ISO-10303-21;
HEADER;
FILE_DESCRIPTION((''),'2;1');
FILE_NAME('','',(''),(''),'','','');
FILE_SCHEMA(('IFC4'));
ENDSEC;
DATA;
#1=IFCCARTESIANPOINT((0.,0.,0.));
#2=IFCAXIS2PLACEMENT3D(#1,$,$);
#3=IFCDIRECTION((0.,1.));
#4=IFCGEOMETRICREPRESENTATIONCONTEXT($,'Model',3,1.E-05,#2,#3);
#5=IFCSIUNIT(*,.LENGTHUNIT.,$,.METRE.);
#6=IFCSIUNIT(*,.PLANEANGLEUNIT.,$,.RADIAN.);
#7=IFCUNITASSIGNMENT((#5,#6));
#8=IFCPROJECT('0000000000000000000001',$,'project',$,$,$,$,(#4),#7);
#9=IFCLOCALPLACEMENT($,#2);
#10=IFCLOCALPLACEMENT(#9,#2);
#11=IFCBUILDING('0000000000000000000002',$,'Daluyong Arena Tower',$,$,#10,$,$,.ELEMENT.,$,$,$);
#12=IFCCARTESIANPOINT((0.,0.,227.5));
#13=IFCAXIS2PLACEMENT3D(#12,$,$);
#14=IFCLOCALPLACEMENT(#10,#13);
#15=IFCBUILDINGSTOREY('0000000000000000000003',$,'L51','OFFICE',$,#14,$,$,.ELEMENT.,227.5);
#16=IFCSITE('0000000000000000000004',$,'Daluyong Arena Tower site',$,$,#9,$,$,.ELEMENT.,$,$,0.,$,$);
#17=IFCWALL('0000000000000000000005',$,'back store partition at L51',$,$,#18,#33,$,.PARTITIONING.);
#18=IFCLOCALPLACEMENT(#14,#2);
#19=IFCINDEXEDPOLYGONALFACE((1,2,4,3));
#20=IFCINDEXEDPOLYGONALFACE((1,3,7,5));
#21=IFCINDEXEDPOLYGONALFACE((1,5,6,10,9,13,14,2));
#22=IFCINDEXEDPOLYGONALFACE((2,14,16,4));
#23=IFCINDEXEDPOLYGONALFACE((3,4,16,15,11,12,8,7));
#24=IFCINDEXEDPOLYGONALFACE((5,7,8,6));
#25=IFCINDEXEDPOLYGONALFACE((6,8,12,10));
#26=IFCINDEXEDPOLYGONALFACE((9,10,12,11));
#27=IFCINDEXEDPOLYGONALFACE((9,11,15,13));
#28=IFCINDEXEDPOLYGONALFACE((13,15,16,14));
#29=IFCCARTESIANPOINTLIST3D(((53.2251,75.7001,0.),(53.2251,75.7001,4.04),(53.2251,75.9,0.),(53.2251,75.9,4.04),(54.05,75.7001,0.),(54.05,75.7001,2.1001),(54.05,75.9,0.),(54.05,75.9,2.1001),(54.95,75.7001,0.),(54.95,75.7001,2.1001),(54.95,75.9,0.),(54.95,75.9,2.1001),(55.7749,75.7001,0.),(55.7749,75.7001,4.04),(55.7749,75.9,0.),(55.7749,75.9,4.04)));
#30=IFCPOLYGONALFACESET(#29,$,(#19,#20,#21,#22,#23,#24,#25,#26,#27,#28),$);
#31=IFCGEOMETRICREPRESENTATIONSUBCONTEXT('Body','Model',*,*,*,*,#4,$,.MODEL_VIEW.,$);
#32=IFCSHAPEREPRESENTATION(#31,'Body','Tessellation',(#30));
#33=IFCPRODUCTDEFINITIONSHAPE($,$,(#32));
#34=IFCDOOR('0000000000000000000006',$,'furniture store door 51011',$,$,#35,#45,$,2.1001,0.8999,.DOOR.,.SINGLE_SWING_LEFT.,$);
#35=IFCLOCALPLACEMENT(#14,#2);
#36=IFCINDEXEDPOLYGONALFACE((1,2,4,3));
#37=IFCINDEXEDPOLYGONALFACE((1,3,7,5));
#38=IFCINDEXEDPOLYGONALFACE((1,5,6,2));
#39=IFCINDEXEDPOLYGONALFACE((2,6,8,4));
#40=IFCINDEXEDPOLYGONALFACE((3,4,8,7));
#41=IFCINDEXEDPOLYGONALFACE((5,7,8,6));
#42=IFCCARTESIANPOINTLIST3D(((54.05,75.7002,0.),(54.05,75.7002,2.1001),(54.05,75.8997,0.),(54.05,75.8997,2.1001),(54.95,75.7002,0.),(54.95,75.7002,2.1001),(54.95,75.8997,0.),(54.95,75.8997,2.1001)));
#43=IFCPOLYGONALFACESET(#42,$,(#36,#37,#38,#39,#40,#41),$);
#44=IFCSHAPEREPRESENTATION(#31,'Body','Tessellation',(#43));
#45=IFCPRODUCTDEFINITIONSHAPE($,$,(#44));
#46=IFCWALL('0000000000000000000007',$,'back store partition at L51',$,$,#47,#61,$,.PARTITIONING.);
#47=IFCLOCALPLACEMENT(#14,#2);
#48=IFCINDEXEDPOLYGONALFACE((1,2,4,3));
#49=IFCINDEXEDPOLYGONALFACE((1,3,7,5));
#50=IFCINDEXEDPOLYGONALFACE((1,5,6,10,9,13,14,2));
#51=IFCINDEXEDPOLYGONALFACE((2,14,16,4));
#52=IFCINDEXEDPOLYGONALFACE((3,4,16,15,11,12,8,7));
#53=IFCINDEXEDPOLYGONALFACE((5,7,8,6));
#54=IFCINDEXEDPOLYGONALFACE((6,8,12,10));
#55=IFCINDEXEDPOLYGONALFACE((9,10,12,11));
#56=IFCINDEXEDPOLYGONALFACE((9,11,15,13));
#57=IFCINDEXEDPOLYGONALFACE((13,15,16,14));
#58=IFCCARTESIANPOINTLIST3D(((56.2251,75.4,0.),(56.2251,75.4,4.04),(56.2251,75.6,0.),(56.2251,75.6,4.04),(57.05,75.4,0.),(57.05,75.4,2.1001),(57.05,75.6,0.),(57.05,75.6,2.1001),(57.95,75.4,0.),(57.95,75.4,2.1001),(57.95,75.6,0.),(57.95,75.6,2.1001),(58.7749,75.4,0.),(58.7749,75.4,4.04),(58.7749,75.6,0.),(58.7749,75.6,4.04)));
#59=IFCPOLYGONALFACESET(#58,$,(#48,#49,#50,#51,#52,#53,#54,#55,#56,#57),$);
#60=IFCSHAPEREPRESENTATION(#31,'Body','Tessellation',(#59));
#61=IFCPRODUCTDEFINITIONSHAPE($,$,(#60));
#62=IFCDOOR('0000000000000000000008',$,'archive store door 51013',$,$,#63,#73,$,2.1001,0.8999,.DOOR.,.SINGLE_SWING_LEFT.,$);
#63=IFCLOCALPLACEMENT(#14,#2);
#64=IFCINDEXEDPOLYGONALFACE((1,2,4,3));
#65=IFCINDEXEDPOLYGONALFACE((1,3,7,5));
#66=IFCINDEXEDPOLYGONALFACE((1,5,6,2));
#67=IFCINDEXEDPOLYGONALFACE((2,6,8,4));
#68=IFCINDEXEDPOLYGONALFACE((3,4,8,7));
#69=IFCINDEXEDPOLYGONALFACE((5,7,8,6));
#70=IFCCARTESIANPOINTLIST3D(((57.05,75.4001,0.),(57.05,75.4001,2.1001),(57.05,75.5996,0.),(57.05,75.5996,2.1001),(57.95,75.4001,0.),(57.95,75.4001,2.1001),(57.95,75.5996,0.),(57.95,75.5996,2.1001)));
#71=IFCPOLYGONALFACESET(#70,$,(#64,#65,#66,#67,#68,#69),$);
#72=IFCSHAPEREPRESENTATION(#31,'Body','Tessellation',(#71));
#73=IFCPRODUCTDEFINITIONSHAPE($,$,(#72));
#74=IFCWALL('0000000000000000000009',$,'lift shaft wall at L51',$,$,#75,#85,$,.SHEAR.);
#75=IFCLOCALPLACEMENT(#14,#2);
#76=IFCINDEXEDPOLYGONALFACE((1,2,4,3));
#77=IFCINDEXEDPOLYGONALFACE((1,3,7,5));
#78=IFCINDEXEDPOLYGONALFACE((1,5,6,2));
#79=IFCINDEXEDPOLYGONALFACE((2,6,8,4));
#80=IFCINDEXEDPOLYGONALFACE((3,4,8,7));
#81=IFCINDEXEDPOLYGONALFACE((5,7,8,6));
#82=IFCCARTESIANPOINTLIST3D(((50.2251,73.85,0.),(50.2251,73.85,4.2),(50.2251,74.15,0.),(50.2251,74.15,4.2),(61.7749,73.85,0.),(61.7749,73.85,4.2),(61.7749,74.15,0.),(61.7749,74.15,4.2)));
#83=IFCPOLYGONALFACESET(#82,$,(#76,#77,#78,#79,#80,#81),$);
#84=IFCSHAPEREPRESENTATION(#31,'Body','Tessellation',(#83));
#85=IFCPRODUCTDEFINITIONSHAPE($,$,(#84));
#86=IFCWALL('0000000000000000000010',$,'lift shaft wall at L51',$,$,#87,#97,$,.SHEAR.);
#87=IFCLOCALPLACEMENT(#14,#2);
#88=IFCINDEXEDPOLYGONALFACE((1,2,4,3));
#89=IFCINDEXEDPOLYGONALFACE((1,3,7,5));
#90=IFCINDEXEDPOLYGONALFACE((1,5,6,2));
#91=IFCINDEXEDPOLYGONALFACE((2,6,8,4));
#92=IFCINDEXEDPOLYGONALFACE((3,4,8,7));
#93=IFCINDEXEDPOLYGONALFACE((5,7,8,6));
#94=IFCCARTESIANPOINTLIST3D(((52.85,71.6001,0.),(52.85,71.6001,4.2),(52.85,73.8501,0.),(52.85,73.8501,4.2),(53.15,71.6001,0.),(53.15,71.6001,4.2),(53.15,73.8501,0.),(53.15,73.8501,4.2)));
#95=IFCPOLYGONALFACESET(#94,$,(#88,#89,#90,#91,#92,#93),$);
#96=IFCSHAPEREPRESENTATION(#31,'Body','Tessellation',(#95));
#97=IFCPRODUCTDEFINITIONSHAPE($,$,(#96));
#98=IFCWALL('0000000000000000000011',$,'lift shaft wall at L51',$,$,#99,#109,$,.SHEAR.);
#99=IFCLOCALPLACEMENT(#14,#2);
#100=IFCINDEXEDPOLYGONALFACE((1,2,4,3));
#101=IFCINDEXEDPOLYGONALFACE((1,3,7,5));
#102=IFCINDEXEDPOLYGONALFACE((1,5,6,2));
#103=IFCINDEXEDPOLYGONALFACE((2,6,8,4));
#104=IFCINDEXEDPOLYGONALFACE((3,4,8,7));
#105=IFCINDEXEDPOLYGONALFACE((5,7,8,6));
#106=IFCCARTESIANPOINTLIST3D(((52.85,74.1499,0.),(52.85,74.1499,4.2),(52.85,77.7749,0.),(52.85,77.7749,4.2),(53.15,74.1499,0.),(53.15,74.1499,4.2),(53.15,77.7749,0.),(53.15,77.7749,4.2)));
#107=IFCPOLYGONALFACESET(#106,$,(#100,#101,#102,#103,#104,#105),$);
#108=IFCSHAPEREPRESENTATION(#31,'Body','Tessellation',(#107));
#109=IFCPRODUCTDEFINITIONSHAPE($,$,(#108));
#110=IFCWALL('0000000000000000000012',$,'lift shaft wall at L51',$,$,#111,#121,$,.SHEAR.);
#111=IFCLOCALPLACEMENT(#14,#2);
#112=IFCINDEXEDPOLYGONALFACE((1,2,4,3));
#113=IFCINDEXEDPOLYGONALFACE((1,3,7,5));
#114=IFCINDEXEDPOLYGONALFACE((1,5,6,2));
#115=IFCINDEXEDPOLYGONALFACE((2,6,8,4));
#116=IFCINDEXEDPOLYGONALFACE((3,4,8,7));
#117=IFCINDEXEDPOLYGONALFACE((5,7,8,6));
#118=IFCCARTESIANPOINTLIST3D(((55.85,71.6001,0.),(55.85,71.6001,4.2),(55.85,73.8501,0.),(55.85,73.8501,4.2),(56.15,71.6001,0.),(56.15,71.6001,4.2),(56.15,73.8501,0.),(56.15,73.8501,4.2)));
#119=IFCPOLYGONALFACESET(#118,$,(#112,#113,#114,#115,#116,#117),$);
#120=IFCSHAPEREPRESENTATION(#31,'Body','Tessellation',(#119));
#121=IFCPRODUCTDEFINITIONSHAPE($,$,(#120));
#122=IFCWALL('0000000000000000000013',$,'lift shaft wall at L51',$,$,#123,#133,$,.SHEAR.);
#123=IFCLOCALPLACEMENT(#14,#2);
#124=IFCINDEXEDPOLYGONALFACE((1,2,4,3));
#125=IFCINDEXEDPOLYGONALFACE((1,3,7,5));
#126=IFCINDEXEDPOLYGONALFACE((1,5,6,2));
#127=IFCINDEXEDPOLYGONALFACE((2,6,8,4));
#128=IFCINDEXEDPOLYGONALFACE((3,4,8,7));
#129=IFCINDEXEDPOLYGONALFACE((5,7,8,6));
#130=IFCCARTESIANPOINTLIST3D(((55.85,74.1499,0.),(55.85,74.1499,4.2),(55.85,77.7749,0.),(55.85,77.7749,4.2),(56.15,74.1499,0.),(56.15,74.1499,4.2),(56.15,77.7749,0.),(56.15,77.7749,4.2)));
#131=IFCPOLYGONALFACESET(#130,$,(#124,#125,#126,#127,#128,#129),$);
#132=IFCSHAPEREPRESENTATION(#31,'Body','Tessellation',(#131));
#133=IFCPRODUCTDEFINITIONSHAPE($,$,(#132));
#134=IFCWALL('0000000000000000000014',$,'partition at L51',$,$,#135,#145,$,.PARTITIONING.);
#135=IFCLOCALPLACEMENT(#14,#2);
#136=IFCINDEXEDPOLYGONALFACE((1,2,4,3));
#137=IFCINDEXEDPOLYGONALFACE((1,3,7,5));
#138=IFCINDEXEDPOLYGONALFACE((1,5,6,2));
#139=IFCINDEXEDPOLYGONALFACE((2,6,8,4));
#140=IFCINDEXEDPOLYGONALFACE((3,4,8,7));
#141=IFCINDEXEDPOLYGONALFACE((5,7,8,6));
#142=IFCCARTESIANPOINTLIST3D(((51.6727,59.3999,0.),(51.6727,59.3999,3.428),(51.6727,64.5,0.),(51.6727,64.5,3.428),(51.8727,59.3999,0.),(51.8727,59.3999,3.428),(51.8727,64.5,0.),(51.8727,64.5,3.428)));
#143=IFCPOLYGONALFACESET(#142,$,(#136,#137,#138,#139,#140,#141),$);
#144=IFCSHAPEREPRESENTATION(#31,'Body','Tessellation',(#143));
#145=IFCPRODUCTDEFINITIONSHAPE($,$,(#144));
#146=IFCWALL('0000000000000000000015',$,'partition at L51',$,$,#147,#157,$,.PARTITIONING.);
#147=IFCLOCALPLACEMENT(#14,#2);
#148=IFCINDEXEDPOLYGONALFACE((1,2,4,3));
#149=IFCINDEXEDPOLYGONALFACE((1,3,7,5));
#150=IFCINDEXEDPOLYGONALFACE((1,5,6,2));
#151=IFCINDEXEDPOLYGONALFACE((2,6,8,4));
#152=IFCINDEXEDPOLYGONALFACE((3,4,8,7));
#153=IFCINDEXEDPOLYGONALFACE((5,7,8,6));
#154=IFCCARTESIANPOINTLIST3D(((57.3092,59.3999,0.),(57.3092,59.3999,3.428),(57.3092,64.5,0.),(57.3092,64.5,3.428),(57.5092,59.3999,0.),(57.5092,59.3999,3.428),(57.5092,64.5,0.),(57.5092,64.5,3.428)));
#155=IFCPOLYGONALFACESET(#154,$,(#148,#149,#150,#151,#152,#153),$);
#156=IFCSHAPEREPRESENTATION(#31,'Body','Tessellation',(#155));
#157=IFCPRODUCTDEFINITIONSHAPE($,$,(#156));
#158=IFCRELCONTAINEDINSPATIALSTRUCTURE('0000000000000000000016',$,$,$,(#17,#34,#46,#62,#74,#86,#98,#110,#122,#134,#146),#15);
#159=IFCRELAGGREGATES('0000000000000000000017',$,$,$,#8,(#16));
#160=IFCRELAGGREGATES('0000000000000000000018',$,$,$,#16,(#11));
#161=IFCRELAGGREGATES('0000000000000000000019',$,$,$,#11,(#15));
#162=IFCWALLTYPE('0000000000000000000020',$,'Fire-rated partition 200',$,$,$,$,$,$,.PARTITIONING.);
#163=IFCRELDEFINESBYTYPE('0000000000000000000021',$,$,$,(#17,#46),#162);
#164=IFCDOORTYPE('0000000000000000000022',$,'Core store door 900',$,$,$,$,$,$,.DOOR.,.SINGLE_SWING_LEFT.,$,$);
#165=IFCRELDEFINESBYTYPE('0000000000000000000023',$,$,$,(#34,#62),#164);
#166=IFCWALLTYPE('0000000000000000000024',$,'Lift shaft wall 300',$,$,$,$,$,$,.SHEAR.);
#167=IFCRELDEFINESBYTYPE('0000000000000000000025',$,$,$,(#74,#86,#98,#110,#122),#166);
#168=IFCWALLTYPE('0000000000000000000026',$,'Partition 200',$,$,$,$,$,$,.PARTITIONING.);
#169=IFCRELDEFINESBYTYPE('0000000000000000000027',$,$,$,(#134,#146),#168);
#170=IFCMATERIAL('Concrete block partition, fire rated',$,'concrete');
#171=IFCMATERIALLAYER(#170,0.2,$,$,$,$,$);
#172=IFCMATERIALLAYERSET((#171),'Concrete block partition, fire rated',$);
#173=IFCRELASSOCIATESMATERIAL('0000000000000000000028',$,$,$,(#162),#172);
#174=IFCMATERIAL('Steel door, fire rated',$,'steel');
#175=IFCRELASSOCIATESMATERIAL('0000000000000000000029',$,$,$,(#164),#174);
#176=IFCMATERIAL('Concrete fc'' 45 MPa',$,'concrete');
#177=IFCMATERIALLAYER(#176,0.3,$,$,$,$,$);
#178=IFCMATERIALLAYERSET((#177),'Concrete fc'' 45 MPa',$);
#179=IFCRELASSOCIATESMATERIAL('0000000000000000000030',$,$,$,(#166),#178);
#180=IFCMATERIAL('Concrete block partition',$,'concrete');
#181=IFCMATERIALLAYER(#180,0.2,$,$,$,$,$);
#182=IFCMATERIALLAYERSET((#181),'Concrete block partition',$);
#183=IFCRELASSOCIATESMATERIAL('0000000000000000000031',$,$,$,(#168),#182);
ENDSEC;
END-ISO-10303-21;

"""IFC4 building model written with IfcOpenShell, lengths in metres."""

from ifc_helpers import new_model, si_unit, direction, frame, frame_2d, origin, place, context, subcontext, project, spatial, rectangle, extrude, material, layer, layer_set, type_object, element, fill, save


model = new_model("IFC4")

# Units and contexts
model_context = context("Model", 3, precision=1e-05, world=origin(), true_north=direction((0.0, 1.0)))
body_context = subcontext(model_context, "Body", "Model", "MODEL_VIEW")
ifc_project = project(units=[si_unit("LENGTHUNIT", "METRE"), si_unit("PLANEANGLEUNIT", "RADIAN")], contexts=[model_context])

# Site, building, storey
site_placement = place(None, origin())
site = spatial("IfcSite", under=ifc_project, at=site_placement, Name="Daluyong Arena Tower site", CompositionType="ELEMENT", RefElevation=0.0)
building_placement = place(site_placement, origin())
building = spatial("IfcBuilding", under=site, at=building_placement, Name="Daluyong Arena Tower", CompositionType="ELEMENT")
storey_placement = place(building_placement, frame((0.0, 0.0, 227.5)))
storey = spatial("IfcBuildingStorey", under=building, at=storey_placement, Name="L51", Description="OFFICE", CompositionType="ELEMENT", Elevation=227.5)

# Walls, openings, doors
ifc_material_1 = material(Name="Concrete block partition, fire rated", Category="concrete")
ifc_layer_1 = layer(ifc_material_1, 0.2)
ifc_layer_set_1 = layer_set([ifc_layer_1], Name="Concrete block partition, fire rated")
wall_type_1 = type_object("IfcWallType", Name="Fire-rated partition 200", PredefinedType="PARTITIONING", material=ifc_layer_set_1)
ifc_material_2 = material(Name="Steel door, fire rated", Category="steel")
door_type_1 = type_object("IfcDoorType", Name="Core store door 900", OperationType="SINGLE_SWING_LEFT", PredefinedType="DOOR", material=ifc_material_2)
wall_1_placement = place(storey_placement, frame((53.2251, 75.8, 0.0), z_axis=(0.0, 0.0, 1.0), x_axis=(1.0, 0.0, 0.0)))
wall_1 = element("IfcWall", 1, at=wall_1_placement, inside=storey, type_object=wall_type_1, Name="back store partition at L51", PredefinedType="PARTITIONING", context=body_context, shape_type="SweptSolid", body=[
    extrude(rectangle(XDim=2.5498, YDim=0.2, at=frame_2d((1.2749, 0.0))), origin(), (0.0, 0.0, 1.0), 4.04),
])
opening_1_placement = place(wall_1_placement, frame((0.825, 0.0, 0.0)))
opening_1 = element("IfcOpeningElement", 2, at=opening_1_placement, cuts=wall_1, PredefinedType="OPENING", context=body_context, shape_type="SweptSolid", body=[
    extrude(rectangle(XDim=0.8999, YDim=2.1001, at=frame_2d((0.45, 1.05))), frame((0.0, 0.1099, 0.0), z_axis=(0.0, -1.0, 0.0), x_axis=(1.0, 0.0, 0.0)), (0.0, 0.0, 1.0), 0.22),
])
door_1_placement = place(opening_1_placement, origin())
door_1 = element("IfcDoor", 3, at=door_1_placement, inside=storey, type_object=door_type_1, Name="furniture store door 51011", OperationType="SINGLE_SWING_LEFT", OverallHeight=2.1001, OverallWidth=0.8999, PredefinedType="DOOR", context=body_context, shape_type="SweptSolid", body=[
    extrude(rectangle(XDim=0.8999, YDim=2.1001, at=frame_2d((0.45, 1.05))), frame((0.0, 0.0996, 0.0), z_axis=(0.0, -1.0, 0.0), x_axis=(1.0, 0.0, 0.0)), (0.0, 0.0, 1.0), 0.1995),
])
fill(opening_1, door_1)
wall_2_placement = place(storey_placement, frame((56.2251, 75.5, 0.0), z_axis=(0.0, 0.0, 1.0), x_axis=(1.0, 0.0, 0.0)))
wall_2 = element("IfcWall", 4, at=wall_2_placement, inside=storey, type_object=wall_type_1, Name="back store partition at L51", PredefinedType="PARTITIONING", context=body_context, shape_type="SweptSolid", body=[
    extrude(rectangle(XDim=2.5498, YDim=0.2, at=frame_2d((1.2749, 0.0))), origin(), (0.0, 0.0, 1.0), 4.04),
])
opening_2_placement = place(wall_2_placement, frame((0.825, 0.0, 0.0)))
opening_2 = element("IfcOpeningElement", 5, at=opening_2_placement, cuts=wall_2, PredefinedType="OPENING", context=body_context, shape_type="SweptSolid", body=[
    extrude(rectangle(XDim=0.8999, YDim=2.1001, at=frame_2d((0.45, 1.05))), frame((0.0, 0.1099, 0.0), z_axis=(0.0, -1.0, 0.0), x_axis=(1.0, 0.0, 0.0)), (0.0, 0.0, 1.0), 0.22),
])
door_2_placement = place(opening_2_placement, origin())
door_2 = element("IfcDoor", 6, at=door_2_placement, inside=storey, type_object=door_type_1, Name="archive store door 51013", OperationType="SINGLE_SWING_LEFT", OverallHeight=2.1001, OverallWidth=0.8999, PredefinedType="DOOR", context=body_context, shape_type="SweptSolid", body=[
    extrude(rectangle(XDim=0.8999, YDim=2.1001, at=frame_2d((0.45, 1.05))), frame((0.0, 0.0996, 0.0), z_axis=(0.0, -1.0, 0.0), x_axis=(1.0, 0.0, 0.0)), (0.0, 0.0, 1.0), 0.1995),
])
fill(opening_2, door_2)

# Walls
ifc_material_3 = material(Name="Concrete fc' 45 MPa", Category="concrete")
ifc_layer_2 = layer(ifc_material_3, 0.3)
ifc_layer_set_2 = layer_set([ifc_layer_2], Name="Concrete fc' 45 MPa")
wall_type_2 = type_object("IfcWallType", Name="Lift shaft wall 300", PredefinedType="SHEAR", material=ifc_layer_set_2)
wall_3_placement = place(storey_placement, frame((50.2251, 74.0, 0.0), z_axis=(0.0, 0.0, 1.0), x_axis=(1.0, 0.0, 0.0)))
element("IfcWall", 7, at=wall_3_placement, inside=storey, type_object=wall_type_2, Name="lift shaft wall at L51", PredefinedType="SHEAR", context=body_context, shape_type="SweptSolid", body=[
    extrude(rectangle(XDim=11.5498, YDim=0.3, at=frame_2d((5.7749, 0.0))), origin(), (0.0, 0.0, 1.0), 4.2),
])
wall_4_placement = place(storey_placement, frame((53.0, 71.6001, 0.0), z_axis=(0.0, 0.0, 1.0), x_axis=(0.0, 1.0, 0.0)))
element("IfcWall", 8, at=wall_4_placement, inside=storey, type_object=wall_type_2, Name="lift shaft wall at L51", PredefinedType="SHEAR", context=body_context, shape_type="SweptSolid", body=[
    extrude(rectangle(XDim=2.25, YDim=0.3, at=frame_2d((1.125, 0.0))), origin(), (0.0, 0.0, 1.0), 4.2),
])
wall_5_placement = place(storey_placement, frame((53.0, 74.1499, 0.0), z_axis=(0.0, 0.0, 1.0), x_axis=(0.0, 1.0, 0.0)))
element("IfcWall", 9, at=wall_5_placement, inside=storey, type_object=wall_type_2, Name="lift shaft wall at L51", PredefinedType="SHEAR", context=body_context, shape_type="SweptSolid", body=[
    extrude(rectangle(XDim=3.625, YDim=0.3, at=frame_2d((1.8125, 0.0))), origin(), (0.0, 0.0, 1.0), 4.2),
])
wall_6_placement = place(storey_placement, frame((56.0, 71.6001, 0.0), z_axis=(0.0, 0.0, 1.0), x_axis=(0.0, 1.0, 0.0)))
element("IfcWall", 10, at=wall_6_placement, inside=storey, type_object=wall_type_2, Name="lift shaft wall at L51", PredefinedType="SHEAR", context=body_context, shape_type="SweptSolid", body=[
    extrude(rectangle(XDim=2.25, YDim=0.3, at=frame_2d((1.125, 0.0))), origin(), (0.0, 0.0, 1.0), 4.2),
])
wall_7_placement = place(storey_placement, frame((56.0, 74.1499, 0.0), z_axis=(0.0, 0.0, 1.0), x_axis=(0.0, 1.0, 0.0)))
element("IfcWall", 11, at=wall_7_placement, inside=storey, type_object=wall_type_2, Name="lift shaft wall at L51", PredefinedType="SHEAR", context=body_context, shape_type="SweptSolid", body=[
    extrude(rectangle(XDim=3.625, YDim=0.3, at=frame_2d((1.8125, 0.0))), origin(), (0.0, 0.0, 1.0), 4.2),
])
ifc_material_4 = material(Name="Concrete block partition", Category="concrete")
ifc_layer_3 = layer(ifc_material_4, 0.2)
ifc_layer_set_3 = layer_set([ifc_layer_3], Name="Concrete block partition")
wall_type_3 = type_object("IfcWallType", Name="Partition 200", PredefinedType="PARTITIONING", material=ifc_layer_set_3)
for number, where, z_axis, x_axis, name in (
    (12, (51.7727, 59.3999, 0.0), (0.0, 0.0, 1.0), (0.0, 1.0, 0.0), "partition at L51"),
    (13, (57.4092, 59.3999, 0.0), (0.0, 0.0, 1.0), (0.0, 1.0, 0.0), "partition at L51"),
):
    element("IfcWall", number, at=place(storey_placement, frame(where, z_axis=z_axis, x_axis=x_axis)), inside=storey, type_object=wall_type_3, Name=name, PredefinedType="PARTITIONING", context=body_context, shape_type="SweptSolid", body=[
        extrude(rectangle(XDim=5.1001, YDim=0.2, at=frame_2d((2.55, 0.0))), origin(), (0.0, 0.0, 1.0), 3.428),
    ])

save(model, "model.ifc")
